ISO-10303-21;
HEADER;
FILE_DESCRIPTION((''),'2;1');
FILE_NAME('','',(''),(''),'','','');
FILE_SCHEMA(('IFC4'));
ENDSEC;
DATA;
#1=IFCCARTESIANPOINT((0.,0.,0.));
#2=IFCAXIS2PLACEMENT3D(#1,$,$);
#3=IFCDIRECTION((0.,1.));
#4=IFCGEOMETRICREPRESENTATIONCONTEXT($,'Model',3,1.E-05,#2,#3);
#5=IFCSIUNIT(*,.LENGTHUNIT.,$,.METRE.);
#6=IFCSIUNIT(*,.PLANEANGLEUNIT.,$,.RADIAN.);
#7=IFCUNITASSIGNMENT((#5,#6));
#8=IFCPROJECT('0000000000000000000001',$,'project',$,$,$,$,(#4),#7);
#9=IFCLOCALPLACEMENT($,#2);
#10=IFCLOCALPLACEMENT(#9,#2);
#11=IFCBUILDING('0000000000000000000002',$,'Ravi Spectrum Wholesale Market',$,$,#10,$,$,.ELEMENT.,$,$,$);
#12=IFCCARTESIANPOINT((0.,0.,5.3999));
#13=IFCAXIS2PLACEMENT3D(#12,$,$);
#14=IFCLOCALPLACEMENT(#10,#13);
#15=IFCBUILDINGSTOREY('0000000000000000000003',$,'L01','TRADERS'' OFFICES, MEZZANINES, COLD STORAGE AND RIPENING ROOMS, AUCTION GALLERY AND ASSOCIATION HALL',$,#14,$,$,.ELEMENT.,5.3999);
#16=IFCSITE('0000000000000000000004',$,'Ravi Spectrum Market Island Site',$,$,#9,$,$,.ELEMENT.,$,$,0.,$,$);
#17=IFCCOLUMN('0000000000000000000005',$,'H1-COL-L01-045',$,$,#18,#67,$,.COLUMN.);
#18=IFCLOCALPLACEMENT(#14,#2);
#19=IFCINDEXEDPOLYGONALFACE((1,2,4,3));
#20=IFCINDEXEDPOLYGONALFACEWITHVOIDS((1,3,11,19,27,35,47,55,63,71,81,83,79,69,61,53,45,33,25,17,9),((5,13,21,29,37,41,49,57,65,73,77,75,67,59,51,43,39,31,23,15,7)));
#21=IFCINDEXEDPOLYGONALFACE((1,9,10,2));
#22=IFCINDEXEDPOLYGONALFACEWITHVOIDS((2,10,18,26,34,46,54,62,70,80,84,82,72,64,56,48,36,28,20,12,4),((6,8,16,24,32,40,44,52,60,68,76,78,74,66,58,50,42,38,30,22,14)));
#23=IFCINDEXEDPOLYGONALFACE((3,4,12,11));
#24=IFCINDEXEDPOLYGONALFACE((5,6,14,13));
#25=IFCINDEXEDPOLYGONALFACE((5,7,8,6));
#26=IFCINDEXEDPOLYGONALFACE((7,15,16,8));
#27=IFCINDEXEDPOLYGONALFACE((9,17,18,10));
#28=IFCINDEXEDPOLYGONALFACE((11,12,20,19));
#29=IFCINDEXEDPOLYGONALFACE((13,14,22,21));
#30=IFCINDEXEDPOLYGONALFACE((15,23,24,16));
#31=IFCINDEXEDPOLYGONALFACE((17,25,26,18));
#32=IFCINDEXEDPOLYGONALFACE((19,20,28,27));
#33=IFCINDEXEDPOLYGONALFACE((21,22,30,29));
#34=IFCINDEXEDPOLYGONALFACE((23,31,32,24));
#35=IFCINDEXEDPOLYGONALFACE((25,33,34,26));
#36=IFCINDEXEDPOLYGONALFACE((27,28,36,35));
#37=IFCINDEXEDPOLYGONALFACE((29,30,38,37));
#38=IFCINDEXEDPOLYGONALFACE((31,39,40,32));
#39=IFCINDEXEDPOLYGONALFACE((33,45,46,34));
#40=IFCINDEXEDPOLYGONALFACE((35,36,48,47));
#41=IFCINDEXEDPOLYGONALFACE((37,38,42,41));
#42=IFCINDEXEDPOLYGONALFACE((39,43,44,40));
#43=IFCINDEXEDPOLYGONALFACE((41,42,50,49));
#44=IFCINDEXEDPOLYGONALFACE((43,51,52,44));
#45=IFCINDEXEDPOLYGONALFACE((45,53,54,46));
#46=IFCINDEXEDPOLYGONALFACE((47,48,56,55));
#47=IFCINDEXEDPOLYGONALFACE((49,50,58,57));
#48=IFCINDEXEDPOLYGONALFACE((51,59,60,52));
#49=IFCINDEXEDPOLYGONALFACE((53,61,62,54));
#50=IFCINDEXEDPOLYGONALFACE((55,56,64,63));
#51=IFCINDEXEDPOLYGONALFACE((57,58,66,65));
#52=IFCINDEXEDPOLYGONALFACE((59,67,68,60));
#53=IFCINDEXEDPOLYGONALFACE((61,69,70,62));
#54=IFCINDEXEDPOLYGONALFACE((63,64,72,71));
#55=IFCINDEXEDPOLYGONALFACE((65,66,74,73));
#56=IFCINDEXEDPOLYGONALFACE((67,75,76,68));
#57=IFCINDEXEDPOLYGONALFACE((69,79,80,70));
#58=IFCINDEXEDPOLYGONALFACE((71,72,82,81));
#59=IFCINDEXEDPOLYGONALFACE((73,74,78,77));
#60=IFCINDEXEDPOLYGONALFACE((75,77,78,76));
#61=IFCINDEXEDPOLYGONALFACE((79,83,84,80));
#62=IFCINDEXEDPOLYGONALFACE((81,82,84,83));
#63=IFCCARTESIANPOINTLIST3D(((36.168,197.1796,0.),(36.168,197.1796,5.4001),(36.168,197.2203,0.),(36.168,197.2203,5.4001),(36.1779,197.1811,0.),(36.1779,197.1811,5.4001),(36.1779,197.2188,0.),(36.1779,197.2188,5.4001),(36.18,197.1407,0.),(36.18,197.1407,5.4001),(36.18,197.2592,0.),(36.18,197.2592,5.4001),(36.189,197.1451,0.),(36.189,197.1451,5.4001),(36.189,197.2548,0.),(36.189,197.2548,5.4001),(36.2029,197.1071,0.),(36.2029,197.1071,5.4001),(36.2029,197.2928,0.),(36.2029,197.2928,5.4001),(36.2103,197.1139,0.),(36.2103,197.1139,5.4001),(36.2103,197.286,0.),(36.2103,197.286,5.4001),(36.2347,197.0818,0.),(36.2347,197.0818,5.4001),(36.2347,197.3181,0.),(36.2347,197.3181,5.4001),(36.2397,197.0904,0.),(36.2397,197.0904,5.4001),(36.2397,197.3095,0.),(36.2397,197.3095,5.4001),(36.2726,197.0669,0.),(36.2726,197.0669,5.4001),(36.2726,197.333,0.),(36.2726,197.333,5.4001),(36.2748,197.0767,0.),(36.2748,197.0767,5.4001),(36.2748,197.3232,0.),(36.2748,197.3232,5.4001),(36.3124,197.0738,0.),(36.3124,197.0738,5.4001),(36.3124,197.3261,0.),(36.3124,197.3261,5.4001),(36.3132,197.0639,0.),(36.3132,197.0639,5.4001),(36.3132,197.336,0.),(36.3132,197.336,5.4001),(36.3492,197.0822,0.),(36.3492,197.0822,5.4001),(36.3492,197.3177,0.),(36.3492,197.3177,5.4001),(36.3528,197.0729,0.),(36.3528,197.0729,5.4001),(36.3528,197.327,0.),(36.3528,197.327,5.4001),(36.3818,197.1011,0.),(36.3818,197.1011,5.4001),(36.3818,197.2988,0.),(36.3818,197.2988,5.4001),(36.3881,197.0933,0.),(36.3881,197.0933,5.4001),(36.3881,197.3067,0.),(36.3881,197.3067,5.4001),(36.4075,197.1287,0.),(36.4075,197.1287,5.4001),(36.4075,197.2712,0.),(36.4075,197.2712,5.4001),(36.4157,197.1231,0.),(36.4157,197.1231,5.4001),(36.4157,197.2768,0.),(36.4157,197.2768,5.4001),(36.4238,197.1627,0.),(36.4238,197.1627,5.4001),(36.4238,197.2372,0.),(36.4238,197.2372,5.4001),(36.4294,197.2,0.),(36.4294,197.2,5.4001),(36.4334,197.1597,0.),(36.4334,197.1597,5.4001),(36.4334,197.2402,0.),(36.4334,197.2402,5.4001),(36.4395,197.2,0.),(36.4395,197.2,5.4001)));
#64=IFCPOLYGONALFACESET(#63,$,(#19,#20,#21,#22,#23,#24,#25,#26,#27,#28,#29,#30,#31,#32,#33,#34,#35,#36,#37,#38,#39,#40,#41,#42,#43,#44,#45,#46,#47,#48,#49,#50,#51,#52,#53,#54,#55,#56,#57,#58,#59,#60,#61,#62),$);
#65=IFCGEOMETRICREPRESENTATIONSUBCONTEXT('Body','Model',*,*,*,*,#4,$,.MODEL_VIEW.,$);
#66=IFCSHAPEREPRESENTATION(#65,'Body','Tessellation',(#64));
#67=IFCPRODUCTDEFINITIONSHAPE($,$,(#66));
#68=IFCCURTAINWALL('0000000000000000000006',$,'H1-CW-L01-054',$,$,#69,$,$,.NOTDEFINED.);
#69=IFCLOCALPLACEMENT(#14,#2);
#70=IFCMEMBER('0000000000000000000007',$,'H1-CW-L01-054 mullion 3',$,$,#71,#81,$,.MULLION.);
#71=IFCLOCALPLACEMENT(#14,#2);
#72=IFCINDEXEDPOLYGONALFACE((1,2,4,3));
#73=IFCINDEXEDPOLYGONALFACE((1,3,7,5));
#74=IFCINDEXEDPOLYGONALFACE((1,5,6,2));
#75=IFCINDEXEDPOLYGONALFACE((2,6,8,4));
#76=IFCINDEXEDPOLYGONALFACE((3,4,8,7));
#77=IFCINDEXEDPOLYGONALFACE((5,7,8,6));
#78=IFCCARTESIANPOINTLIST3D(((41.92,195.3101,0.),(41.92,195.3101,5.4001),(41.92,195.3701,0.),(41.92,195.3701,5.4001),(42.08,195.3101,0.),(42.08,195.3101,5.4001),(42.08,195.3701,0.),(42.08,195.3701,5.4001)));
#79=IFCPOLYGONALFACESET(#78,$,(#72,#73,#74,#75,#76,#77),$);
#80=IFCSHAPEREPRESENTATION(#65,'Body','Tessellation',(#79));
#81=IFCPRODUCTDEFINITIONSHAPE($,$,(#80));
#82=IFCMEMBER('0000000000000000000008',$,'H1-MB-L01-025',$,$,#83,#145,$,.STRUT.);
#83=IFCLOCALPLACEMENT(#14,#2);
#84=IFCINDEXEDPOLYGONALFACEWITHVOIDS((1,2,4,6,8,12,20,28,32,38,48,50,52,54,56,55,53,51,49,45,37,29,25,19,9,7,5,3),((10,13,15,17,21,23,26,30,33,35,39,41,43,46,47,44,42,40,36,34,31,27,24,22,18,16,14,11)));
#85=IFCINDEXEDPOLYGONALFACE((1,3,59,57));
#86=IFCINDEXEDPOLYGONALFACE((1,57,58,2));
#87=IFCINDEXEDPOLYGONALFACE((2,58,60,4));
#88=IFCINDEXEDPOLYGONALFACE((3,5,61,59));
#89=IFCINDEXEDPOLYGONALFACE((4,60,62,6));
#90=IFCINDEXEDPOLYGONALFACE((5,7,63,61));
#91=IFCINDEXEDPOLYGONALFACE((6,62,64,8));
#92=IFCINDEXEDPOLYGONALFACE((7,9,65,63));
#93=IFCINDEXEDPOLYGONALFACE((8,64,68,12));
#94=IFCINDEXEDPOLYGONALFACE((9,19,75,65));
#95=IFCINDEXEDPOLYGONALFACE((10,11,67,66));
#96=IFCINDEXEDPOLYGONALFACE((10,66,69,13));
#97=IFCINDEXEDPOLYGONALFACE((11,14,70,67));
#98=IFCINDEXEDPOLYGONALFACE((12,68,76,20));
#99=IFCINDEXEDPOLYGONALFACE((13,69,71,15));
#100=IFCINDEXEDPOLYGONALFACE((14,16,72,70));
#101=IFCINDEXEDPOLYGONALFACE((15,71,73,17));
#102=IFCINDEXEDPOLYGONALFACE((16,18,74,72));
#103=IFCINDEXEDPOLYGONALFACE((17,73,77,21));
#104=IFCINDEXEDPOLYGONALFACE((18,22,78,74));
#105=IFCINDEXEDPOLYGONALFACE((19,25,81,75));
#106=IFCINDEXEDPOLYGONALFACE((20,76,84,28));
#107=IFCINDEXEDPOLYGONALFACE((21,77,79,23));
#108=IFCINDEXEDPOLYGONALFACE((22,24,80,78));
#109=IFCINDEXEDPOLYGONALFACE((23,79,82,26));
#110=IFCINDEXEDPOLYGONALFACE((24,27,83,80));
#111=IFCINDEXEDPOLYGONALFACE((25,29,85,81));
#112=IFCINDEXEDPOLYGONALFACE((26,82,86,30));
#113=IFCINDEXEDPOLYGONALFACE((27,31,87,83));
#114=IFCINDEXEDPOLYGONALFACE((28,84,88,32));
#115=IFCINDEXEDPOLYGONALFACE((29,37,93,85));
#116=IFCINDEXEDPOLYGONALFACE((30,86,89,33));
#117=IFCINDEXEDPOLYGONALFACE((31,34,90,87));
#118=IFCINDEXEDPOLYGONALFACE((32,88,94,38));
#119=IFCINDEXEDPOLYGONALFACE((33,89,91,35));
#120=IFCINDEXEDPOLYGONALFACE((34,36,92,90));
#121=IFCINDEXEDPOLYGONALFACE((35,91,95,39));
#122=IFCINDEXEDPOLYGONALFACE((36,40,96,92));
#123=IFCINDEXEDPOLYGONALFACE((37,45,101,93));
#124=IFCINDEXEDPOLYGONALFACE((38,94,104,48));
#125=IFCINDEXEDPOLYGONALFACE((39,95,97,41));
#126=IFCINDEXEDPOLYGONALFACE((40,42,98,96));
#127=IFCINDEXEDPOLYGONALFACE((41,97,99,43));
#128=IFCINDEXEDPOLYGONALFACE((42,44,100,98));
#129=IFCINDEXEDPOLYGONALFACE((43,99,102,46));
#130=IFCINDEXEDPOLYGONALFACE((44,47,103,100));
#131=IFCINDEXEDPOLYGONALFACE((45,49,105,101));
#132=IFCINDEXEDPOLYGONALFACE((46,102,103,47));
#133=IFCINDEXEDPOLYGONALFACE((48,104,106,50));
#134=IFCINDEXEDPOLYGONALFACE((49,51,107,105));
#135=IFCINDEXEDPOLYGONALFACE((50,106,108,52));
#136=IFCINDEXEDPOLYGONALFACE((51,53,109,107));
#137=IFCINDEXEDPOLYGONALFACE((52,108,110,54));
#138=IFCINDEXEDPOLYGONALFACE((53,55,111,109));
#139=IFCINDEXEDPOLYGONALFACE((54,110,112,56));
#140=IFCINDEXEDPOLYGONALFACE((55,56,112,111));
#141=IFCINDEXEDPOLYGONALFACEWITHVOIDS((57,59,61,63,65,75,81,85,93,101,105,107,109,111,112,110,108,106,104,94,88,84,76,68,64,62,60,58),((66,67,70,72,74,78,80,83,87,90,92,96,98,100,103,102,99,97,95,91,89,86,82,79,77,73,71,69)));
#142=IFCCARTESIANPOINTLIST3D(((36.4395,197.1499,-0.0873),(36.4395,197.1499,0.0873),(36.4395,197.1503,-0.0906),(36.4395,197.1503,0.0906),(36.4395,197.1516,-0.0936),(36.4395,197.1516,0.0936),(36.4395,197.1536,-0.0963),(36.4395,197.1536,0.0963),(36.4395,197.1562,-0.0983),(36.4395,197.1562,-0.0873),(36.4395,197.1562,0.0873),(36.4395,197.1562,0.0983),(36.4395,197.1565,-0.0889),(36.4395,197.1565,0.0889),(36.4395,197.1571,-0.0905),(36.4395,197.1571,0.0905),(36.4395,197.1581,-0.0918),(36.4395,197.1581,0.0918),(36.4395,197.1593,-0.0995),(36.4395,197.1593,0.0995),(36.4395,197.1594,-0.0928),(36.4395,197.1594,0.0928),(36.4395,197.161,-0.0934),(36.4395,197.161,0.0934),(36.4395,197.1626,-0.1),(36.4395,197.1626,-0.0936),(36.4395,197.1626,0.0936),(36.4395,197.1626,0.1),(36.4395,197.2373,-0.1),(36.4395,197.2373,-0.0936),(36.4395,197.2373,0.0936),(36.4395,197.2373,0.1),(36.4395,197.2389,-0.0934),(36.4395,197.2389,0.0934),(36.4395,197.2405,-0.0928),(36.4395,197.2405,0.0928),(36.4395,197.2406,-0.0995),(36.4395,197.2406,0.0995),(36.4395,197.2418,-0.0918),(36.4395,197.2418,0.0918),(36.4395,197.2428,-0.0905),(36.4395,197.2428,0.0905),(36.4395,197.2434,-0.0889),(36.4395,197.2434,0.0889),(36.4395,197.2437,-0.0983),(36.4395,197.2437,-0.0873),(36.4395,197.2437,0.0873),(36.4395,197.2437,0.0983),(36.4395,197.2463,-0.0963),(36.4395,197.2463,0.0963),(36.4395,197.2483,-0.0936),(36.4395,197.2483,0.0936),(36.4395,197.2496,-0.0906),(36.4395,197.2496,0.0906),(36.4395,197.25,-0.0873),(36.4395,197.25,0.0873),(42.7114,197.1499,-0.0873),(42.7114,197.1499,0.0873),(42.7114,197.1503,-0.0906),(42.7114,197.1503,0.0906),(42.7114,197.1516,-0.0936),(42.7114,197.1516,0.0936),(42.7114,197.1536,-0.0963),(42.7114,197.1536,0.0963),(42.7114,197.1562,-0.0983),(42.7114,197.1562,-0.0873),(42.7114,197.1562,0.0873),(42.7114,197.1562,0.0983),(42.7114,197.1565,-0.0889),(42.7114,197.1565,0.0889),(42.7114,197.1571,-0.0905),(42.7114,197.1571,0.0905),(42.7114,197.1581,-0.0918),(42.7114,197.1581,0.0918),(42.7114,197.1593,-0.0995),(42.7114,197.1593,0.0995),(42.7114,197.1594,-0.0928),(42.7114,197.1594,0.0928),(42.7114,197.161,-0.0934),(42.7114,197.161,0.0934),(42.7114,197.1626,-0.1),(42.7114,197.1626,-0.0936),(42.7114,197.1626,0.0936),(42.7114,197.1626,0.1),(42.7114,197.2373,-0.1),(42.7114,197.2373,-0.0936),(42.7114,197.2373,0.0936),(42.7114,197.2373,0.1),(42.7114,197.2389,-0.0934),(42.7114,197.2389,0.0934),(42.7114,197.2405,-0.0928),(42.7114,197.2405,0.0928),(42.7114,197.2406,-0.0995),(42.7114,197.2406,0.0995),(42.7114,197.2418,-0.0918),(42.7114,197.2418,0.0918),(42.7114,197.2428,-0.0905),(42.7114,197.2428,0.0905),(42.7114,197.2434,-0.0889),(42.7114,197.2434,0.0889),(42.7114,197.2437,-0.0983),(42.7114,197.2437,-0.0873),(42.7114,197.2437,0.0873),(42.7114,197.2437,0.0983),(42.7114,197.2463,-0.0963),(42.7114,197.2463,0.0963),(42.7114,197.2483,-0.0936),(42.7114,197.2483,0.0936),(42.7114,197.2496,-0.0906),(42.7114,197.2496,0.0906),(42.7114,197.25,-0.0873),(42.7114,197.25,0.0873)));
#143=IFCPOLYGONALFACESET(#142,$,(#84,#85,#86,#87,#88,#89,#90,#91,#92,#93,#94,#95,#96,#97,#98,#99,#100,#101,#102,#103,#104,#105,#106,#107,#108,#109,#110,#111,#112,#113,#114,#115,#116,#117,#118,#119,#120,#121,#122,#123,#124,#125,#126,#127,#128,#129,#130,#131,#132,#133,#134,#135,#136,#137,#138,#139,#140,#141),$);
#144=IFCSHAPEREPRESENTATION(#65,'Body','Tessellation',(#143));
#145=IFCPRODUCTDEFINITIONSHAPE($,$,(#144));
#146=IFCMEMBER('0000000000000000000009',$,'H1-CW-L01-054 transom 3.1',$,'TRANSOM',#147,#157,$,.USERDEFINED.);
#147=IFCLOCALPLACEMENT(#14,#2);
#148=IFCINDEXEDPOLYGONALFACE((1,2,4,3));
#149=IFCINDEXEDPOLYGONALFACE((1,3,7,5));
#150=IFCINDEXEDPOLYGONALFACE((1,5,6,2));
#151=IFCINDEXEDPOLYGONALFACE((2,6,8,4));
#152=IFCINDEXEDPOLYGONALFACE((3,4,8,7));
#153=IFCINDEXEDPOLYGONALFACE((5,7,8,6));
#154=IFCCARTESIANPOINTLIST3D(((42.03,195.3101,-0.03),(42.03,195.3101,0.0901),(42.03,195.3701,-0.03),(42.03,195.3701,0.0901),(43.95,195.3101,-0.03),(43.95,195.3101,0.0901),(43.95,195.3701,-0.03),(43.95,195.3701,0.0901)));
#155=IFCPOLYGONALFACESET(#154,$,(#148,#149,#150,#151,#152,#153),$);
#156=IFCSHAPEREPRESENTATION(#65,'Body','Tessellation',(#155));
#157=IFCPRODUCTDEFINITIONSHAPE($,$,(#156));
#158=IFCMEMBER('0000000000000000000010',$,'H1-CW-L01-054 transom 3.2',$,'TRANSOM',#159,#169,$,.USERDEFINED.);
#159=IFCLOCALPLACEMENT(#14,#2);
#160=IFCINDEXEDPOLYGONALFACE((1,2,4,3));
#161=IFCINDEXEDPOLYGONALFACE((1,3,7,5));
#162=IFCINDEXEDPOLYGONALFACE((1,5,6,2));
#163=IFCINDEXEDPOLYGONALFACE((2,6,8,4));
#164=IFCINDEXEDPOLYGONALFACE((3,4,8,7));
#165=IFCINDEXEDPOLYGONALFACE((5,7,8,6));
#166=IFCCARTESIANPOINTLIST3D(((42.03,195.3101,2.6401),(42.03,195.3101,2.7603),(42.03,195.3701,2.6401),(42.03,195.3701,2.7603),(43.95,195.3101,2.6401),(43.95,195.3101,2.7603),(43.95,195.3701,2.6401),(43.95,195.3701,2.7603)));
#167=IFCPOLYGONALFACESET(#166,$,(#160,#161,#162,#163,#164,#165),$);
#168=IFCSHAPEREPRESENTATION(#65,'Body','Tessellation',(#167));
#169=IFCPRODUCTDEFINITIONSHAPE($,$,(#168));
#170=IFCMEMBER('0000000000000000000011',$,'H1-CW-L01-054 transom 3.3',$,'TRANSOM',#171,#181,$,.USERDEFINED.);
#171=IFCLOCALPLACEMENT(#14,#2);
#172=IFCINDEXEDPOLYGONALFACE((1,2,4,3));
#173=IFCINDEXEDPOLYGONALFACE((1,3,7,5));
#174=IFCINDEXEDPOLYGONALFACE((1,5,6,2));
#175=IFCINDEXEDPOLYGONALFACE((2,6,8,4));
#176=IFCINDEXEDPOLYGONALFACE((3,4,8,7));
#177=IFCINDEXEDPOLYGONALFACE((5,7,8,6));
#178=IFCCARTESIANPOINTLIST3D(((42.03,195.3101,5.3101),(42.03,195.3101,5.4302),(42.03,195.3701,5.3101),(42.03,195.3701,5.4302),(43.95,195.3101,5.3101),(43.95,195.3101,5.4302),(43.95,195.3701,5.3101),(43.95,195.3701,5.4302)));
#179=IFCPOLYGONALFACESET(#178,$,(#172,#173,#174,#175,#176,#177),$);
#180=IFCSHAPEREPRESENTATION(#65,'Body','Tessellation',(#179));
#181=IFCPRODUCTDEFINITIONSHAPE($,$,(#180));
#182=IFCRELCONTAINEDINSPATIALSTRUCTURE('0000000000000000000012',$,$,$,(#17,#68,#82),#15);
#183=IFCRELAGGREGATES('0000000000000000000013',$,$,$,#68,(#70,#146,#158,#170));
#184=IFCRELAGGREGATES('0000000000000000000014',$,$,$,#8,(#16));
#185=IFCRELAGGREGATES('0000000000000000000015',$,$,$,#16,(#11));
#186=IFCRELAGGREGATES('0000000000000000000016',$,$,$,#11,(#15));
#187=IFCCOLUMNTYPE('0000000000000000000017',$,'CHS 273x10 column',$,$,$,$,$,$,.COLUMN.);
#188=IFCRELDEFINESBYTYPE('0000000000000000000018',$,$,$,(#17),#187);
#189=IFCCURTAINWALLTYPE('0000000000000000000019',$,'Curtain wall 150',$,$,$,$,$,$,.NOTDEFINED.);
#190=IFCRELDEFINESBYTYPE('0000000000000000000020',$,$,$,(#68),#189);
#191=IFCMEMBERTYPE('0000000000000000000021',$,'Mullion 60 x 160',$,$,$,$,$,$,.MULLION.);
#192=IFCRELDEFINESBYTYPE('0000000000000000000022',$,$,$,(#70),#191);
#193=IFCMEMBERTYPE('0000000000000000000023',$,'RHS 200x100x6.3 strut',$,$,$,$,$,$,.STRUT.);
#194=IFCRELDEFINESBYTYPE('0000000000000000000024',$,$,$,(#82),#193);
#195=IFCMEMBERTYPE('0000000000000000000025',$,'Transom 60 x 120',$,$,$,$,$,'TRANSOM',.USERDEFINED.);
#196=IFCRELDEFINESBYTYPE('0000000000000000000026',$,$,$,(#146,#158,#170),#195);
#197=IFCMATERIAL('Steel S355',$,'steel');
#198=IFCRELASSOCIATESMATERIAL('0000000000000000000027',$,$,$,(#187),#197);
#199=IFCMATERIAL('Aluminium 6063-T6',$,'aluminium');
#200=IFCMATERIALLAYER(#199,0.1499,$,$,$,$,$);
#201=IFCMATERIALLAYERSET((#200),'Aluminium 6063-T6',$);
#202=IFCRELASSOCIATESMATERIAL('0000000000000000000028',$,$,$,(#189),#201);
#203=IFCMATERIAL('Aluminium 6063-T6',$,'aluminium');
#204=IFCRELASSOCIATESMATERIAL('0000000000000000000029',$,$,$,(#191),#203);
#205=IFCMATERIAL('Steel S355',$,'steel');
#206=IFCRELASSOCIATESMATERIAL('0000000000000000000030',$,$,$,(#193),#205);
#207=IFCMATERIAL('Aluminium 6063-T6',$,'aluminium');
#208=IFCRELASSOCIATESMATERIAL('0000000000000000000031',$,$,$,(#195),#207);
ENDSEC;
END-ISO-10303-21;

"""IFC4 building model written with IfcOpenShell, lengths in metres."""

from ifc_helpers import new_model, si_unit, direction, frame, origin, origin_2d, place, context, subcontext, project, spatial, rectangle, hollow_rectangle, hollow_circle, extrude, material, layer, layer_set, material_profile, profile_set, type_object, element, aggregate, save


model = new_model("IFC4")

# Units and contexts
model_context = context("Model", 3, precision=1e-05, world=origin(), true_north=direction((0.0, 1.0)))
body_context = subcontext(model_context, "Body", "Model", "MODEL_VIEW")
ifc_project = project(units=[si_unit("LENGTHUNIT", "METRE"), si_unit("PLANEANGLEUNIT", "RADIAN")], contexts=[model_context])

# Site, building, storey
site_placement = place(None, origin())
site = spatial("IfcSite", under=ifc_project, at=site_placement, Name="Ravi Spectrum Market Island Site", CompositionType="ELEMENT", RefElevation=0.0)
building_placement = place(site_placement, origin())
building = spatial("IfcBuilding", under=site, at=building_placement, Name="Ravi Spectrum Wholesale Market", CompositionType="ELEMENT")
storey_placement = place(building_placement, frame((0.0, 0.0, 5.3999)))
storey = spatial("IfcBuildingStorey", under=building, at=storey_placement, Name="L01", Description="TRADERS' OFFICES, MEZZANINES, COLD STORAGE AND RIPENING ROOMS, AUCTION GALLERY AND ASSOCIATION HALL", CompositionType="ELEMENT", Elevation=5.3999)

# Column
ifc_material_1 = material(Name="Steel S355", Category="steel")
ifc_material_profile_1 = material_profile(ifc_material_1, hollow_circle(Radius=0.1365, WallThickness=0.01, at=origin_2d()))
ifc_profile_set_1 = profile_set([ifc_material_profile_1], Name="Steel S355")
column_type = type_object("IfcColumnType", Name="CHS 273x10 column", PredefinedType="COLUMN", material=ifc_profile_set_1)
column_placement = place(storey_placement, frame((36.303, 197.2, 0.0), z_axis=(0.0, 0.0, 1.0), x_axis=(1.0, 0.0, 0.0)))
element("IfcColumn", 1, at=column_placement, inside=storey, type_object=column_type, Name="H1-COL-L01-045", PredefinedType="COLUMN", context=body_context, shape_type="SweptSolid", body=[
    extrude(hollow_circle(Radius=0.1365, WallThickness=0.01, at=origin_2d()), origin(), (0.0, 0.0, 1.0), 5.4001),
])

# Curtain wall, member
ifc_material_2 = material(Name="Aluminium 6063-T6", Category="aluminium")
ifc_layer_1 = layer(ifc_material_2, 0.1499)
ifc_layer_set_1 = layer_set([ifc_layer_1], Name="Aluminium 6063-T6")
curtain_wall_type = type_object("IfcCurtainWallType", Name="Curtain wall 150", PredefinedType="NOTDEFINED", material=ifc_layer_set_1)
curtain_wall_placement = place(storey_placement, origin())
curtain_wall = element("IfcCurtainWall", 2, at=curtain_wall_placement, inside=storey, type_object=curtain_wall_type, Name="H1-CW-L01-054", PredefinedType="NOTDEFINED")
ifc_material_3 = material(Name="Aluminium 6063-T6", Category="aluminium")
ifc_material_profile_2 = material_profile(ifc_material_3, rectangle(XDim=0.0601, YDim=0.1599, at=origin_2d()))
ifc_profile_set_2 = profile_set([ifc_material_profile_2], Name="Aluminium 6063-T6")
member_type_1 = type_object("IfcMemberType", Name="Mullion 60 x 160", PredefinedType="MULLION", material=ifc_profile_set_2)
member_1_placement = place(storey_placement, frame((42.0, 195.3401, 0.0), z_axis=(0.0, 0.0, 1.0), x_axis=(0.0, 1.0, 0.0)))
member_1 = element("IfcMember", 3, at=member_1_placement, type_object=member_type_1, Name="H1-CW-L01-054 mullion 3", PredefinedType="MULLION", context=body_context, shape_type="SweptSolid", body=[
    extrude(rectangle(XDim=0.0601, YDim=0.1599, at=origin_2d()), origin(), (0.0, 0.0, 1.0), 5.4001),
])

# Members
ifc_material_4 = material(Name="Steel S355", Category="steel")
ifc_material_profile_3 = material_profile(ifc_material_4, hollow_rectangle(XDim=0.1001, YDim=0.2, WallThickness=0.0063, InnerFilletRadius=0.0063, OuterFilletRadius=0.0127, at=origin_2d()))
ifc_profile_set_3 = profile_set([ifc_material_profile_3], Name="Steel S355")
member_type_2 = type_object("IfcMemberType", Name="RHS 200x100x6.3 strut", PredefinedType="STRUT", material=ifc_profile_set_3)
member_2_placement = place(storey_placement, frame((36.4395, 197.2, 0.0), z_axis=(1.0, 0.0, 0.0), x_axis=(0.0, 1.0, 0.0)))
element("IfcMember", 4, at=member_2_placement, inside=storey, type_object=member_type_2, Name="H1-MB-L01-025", PredefinedType="STRUT", context=body_context, shape_type="SweptSolid", body=[
    extrude(hollow_rectangle(XDim=0.1001, YDim=0.2, WallThickness=0.0063, InnerFilletRadius=0.0063, OuterFilletRadius=0.0127, at=origin_2d()), origin(), (0.0, 0.0, 1.0), 6.272),
])
ifc_material_5 = material(Name="Aluminium 6063-T6", Category="aluminium")
ifc_material_profile_4 = material_profile(ifc_material_5, rectangle(XDim=0.0601, YDim=0.1201, at=origin_2d()))
ifc_profile_set_4 = profile_set([ifc_material_profile_4], Name="Aluminium 6063-T6")
member_type_3 = type_object("IfcMemberType", Name="Transom 60 x 120", ElementType="TRANSOM", PredefinedType="USERDEFINED", material=ifc_profile_set_4)
member_3_placement = place(storey_placement, frame((42.03, 195.3401, 0.03), z_axis=(1.0, 0.0, 0.0), x_axis=(0.0, 1.0, 0.0)))
member_3 = element("IfcMember", 5, at=member_3_placement, type_object=member_type_3, Name="H1-CW-L01-054 transom 3.1", ObjectType="TRANSOM", PredefinedType="USERDEFINED", context=body_context, shape_type="SweptSolid", body=[
    extrude(rectangle(XDim=0.0601, YDim=0.1201, at=origin_2d()), origin(), (0.0, 0.0, 1.0), 1.9199),
])
member_4_placement = place(storey_placement, frame((42.03, 195.3401, 2.7002), z_axis=(1.0, 0.0, 0.0), x_axis=(0.0, 1.0, 0.0)))
member_4 = element("IfcMember", 6, at=member_4_placement, type_object=member_type_3, Name="H1-CW-L01-054 transom 3.2", ObjectType="TRANSOM", PredefinedType="USERDEFINED", context=body_context, shape_type="SweptSolid", body=[
    extrude(rectangle(XDim=0.0601, YDim=0.1201, at=origin_2d()), origin(), (0.0, 0.0, 1.0), 1.9199),
])
member_5_placement = place(storey_placement, frame((42.03, 195.3401, 5.3701), z_axis=(1.0, 0.0, 0.0), x_axis=(0.0, 1.0, 0.0)))
member_5 = element("IfcMember", 7, at=member_5_placement, type_object=member_type_3, Name="H1-CW-L01-054 transom 3.3", ObjectType="TRANSOM", PredefinedType="USERDEFINED", context=body_context, shape_type="SweptSolid", body=[
    extrude(rectangle(XDim=0.0601, YDim=0.1201, at=origin_2d()), origin(), (0.0, 0.0, 1.0), 1.9199),
])

aggregate(curtain_wall, [member_1, member_3, member_4, member_5])

save(model, "model.ifc")
